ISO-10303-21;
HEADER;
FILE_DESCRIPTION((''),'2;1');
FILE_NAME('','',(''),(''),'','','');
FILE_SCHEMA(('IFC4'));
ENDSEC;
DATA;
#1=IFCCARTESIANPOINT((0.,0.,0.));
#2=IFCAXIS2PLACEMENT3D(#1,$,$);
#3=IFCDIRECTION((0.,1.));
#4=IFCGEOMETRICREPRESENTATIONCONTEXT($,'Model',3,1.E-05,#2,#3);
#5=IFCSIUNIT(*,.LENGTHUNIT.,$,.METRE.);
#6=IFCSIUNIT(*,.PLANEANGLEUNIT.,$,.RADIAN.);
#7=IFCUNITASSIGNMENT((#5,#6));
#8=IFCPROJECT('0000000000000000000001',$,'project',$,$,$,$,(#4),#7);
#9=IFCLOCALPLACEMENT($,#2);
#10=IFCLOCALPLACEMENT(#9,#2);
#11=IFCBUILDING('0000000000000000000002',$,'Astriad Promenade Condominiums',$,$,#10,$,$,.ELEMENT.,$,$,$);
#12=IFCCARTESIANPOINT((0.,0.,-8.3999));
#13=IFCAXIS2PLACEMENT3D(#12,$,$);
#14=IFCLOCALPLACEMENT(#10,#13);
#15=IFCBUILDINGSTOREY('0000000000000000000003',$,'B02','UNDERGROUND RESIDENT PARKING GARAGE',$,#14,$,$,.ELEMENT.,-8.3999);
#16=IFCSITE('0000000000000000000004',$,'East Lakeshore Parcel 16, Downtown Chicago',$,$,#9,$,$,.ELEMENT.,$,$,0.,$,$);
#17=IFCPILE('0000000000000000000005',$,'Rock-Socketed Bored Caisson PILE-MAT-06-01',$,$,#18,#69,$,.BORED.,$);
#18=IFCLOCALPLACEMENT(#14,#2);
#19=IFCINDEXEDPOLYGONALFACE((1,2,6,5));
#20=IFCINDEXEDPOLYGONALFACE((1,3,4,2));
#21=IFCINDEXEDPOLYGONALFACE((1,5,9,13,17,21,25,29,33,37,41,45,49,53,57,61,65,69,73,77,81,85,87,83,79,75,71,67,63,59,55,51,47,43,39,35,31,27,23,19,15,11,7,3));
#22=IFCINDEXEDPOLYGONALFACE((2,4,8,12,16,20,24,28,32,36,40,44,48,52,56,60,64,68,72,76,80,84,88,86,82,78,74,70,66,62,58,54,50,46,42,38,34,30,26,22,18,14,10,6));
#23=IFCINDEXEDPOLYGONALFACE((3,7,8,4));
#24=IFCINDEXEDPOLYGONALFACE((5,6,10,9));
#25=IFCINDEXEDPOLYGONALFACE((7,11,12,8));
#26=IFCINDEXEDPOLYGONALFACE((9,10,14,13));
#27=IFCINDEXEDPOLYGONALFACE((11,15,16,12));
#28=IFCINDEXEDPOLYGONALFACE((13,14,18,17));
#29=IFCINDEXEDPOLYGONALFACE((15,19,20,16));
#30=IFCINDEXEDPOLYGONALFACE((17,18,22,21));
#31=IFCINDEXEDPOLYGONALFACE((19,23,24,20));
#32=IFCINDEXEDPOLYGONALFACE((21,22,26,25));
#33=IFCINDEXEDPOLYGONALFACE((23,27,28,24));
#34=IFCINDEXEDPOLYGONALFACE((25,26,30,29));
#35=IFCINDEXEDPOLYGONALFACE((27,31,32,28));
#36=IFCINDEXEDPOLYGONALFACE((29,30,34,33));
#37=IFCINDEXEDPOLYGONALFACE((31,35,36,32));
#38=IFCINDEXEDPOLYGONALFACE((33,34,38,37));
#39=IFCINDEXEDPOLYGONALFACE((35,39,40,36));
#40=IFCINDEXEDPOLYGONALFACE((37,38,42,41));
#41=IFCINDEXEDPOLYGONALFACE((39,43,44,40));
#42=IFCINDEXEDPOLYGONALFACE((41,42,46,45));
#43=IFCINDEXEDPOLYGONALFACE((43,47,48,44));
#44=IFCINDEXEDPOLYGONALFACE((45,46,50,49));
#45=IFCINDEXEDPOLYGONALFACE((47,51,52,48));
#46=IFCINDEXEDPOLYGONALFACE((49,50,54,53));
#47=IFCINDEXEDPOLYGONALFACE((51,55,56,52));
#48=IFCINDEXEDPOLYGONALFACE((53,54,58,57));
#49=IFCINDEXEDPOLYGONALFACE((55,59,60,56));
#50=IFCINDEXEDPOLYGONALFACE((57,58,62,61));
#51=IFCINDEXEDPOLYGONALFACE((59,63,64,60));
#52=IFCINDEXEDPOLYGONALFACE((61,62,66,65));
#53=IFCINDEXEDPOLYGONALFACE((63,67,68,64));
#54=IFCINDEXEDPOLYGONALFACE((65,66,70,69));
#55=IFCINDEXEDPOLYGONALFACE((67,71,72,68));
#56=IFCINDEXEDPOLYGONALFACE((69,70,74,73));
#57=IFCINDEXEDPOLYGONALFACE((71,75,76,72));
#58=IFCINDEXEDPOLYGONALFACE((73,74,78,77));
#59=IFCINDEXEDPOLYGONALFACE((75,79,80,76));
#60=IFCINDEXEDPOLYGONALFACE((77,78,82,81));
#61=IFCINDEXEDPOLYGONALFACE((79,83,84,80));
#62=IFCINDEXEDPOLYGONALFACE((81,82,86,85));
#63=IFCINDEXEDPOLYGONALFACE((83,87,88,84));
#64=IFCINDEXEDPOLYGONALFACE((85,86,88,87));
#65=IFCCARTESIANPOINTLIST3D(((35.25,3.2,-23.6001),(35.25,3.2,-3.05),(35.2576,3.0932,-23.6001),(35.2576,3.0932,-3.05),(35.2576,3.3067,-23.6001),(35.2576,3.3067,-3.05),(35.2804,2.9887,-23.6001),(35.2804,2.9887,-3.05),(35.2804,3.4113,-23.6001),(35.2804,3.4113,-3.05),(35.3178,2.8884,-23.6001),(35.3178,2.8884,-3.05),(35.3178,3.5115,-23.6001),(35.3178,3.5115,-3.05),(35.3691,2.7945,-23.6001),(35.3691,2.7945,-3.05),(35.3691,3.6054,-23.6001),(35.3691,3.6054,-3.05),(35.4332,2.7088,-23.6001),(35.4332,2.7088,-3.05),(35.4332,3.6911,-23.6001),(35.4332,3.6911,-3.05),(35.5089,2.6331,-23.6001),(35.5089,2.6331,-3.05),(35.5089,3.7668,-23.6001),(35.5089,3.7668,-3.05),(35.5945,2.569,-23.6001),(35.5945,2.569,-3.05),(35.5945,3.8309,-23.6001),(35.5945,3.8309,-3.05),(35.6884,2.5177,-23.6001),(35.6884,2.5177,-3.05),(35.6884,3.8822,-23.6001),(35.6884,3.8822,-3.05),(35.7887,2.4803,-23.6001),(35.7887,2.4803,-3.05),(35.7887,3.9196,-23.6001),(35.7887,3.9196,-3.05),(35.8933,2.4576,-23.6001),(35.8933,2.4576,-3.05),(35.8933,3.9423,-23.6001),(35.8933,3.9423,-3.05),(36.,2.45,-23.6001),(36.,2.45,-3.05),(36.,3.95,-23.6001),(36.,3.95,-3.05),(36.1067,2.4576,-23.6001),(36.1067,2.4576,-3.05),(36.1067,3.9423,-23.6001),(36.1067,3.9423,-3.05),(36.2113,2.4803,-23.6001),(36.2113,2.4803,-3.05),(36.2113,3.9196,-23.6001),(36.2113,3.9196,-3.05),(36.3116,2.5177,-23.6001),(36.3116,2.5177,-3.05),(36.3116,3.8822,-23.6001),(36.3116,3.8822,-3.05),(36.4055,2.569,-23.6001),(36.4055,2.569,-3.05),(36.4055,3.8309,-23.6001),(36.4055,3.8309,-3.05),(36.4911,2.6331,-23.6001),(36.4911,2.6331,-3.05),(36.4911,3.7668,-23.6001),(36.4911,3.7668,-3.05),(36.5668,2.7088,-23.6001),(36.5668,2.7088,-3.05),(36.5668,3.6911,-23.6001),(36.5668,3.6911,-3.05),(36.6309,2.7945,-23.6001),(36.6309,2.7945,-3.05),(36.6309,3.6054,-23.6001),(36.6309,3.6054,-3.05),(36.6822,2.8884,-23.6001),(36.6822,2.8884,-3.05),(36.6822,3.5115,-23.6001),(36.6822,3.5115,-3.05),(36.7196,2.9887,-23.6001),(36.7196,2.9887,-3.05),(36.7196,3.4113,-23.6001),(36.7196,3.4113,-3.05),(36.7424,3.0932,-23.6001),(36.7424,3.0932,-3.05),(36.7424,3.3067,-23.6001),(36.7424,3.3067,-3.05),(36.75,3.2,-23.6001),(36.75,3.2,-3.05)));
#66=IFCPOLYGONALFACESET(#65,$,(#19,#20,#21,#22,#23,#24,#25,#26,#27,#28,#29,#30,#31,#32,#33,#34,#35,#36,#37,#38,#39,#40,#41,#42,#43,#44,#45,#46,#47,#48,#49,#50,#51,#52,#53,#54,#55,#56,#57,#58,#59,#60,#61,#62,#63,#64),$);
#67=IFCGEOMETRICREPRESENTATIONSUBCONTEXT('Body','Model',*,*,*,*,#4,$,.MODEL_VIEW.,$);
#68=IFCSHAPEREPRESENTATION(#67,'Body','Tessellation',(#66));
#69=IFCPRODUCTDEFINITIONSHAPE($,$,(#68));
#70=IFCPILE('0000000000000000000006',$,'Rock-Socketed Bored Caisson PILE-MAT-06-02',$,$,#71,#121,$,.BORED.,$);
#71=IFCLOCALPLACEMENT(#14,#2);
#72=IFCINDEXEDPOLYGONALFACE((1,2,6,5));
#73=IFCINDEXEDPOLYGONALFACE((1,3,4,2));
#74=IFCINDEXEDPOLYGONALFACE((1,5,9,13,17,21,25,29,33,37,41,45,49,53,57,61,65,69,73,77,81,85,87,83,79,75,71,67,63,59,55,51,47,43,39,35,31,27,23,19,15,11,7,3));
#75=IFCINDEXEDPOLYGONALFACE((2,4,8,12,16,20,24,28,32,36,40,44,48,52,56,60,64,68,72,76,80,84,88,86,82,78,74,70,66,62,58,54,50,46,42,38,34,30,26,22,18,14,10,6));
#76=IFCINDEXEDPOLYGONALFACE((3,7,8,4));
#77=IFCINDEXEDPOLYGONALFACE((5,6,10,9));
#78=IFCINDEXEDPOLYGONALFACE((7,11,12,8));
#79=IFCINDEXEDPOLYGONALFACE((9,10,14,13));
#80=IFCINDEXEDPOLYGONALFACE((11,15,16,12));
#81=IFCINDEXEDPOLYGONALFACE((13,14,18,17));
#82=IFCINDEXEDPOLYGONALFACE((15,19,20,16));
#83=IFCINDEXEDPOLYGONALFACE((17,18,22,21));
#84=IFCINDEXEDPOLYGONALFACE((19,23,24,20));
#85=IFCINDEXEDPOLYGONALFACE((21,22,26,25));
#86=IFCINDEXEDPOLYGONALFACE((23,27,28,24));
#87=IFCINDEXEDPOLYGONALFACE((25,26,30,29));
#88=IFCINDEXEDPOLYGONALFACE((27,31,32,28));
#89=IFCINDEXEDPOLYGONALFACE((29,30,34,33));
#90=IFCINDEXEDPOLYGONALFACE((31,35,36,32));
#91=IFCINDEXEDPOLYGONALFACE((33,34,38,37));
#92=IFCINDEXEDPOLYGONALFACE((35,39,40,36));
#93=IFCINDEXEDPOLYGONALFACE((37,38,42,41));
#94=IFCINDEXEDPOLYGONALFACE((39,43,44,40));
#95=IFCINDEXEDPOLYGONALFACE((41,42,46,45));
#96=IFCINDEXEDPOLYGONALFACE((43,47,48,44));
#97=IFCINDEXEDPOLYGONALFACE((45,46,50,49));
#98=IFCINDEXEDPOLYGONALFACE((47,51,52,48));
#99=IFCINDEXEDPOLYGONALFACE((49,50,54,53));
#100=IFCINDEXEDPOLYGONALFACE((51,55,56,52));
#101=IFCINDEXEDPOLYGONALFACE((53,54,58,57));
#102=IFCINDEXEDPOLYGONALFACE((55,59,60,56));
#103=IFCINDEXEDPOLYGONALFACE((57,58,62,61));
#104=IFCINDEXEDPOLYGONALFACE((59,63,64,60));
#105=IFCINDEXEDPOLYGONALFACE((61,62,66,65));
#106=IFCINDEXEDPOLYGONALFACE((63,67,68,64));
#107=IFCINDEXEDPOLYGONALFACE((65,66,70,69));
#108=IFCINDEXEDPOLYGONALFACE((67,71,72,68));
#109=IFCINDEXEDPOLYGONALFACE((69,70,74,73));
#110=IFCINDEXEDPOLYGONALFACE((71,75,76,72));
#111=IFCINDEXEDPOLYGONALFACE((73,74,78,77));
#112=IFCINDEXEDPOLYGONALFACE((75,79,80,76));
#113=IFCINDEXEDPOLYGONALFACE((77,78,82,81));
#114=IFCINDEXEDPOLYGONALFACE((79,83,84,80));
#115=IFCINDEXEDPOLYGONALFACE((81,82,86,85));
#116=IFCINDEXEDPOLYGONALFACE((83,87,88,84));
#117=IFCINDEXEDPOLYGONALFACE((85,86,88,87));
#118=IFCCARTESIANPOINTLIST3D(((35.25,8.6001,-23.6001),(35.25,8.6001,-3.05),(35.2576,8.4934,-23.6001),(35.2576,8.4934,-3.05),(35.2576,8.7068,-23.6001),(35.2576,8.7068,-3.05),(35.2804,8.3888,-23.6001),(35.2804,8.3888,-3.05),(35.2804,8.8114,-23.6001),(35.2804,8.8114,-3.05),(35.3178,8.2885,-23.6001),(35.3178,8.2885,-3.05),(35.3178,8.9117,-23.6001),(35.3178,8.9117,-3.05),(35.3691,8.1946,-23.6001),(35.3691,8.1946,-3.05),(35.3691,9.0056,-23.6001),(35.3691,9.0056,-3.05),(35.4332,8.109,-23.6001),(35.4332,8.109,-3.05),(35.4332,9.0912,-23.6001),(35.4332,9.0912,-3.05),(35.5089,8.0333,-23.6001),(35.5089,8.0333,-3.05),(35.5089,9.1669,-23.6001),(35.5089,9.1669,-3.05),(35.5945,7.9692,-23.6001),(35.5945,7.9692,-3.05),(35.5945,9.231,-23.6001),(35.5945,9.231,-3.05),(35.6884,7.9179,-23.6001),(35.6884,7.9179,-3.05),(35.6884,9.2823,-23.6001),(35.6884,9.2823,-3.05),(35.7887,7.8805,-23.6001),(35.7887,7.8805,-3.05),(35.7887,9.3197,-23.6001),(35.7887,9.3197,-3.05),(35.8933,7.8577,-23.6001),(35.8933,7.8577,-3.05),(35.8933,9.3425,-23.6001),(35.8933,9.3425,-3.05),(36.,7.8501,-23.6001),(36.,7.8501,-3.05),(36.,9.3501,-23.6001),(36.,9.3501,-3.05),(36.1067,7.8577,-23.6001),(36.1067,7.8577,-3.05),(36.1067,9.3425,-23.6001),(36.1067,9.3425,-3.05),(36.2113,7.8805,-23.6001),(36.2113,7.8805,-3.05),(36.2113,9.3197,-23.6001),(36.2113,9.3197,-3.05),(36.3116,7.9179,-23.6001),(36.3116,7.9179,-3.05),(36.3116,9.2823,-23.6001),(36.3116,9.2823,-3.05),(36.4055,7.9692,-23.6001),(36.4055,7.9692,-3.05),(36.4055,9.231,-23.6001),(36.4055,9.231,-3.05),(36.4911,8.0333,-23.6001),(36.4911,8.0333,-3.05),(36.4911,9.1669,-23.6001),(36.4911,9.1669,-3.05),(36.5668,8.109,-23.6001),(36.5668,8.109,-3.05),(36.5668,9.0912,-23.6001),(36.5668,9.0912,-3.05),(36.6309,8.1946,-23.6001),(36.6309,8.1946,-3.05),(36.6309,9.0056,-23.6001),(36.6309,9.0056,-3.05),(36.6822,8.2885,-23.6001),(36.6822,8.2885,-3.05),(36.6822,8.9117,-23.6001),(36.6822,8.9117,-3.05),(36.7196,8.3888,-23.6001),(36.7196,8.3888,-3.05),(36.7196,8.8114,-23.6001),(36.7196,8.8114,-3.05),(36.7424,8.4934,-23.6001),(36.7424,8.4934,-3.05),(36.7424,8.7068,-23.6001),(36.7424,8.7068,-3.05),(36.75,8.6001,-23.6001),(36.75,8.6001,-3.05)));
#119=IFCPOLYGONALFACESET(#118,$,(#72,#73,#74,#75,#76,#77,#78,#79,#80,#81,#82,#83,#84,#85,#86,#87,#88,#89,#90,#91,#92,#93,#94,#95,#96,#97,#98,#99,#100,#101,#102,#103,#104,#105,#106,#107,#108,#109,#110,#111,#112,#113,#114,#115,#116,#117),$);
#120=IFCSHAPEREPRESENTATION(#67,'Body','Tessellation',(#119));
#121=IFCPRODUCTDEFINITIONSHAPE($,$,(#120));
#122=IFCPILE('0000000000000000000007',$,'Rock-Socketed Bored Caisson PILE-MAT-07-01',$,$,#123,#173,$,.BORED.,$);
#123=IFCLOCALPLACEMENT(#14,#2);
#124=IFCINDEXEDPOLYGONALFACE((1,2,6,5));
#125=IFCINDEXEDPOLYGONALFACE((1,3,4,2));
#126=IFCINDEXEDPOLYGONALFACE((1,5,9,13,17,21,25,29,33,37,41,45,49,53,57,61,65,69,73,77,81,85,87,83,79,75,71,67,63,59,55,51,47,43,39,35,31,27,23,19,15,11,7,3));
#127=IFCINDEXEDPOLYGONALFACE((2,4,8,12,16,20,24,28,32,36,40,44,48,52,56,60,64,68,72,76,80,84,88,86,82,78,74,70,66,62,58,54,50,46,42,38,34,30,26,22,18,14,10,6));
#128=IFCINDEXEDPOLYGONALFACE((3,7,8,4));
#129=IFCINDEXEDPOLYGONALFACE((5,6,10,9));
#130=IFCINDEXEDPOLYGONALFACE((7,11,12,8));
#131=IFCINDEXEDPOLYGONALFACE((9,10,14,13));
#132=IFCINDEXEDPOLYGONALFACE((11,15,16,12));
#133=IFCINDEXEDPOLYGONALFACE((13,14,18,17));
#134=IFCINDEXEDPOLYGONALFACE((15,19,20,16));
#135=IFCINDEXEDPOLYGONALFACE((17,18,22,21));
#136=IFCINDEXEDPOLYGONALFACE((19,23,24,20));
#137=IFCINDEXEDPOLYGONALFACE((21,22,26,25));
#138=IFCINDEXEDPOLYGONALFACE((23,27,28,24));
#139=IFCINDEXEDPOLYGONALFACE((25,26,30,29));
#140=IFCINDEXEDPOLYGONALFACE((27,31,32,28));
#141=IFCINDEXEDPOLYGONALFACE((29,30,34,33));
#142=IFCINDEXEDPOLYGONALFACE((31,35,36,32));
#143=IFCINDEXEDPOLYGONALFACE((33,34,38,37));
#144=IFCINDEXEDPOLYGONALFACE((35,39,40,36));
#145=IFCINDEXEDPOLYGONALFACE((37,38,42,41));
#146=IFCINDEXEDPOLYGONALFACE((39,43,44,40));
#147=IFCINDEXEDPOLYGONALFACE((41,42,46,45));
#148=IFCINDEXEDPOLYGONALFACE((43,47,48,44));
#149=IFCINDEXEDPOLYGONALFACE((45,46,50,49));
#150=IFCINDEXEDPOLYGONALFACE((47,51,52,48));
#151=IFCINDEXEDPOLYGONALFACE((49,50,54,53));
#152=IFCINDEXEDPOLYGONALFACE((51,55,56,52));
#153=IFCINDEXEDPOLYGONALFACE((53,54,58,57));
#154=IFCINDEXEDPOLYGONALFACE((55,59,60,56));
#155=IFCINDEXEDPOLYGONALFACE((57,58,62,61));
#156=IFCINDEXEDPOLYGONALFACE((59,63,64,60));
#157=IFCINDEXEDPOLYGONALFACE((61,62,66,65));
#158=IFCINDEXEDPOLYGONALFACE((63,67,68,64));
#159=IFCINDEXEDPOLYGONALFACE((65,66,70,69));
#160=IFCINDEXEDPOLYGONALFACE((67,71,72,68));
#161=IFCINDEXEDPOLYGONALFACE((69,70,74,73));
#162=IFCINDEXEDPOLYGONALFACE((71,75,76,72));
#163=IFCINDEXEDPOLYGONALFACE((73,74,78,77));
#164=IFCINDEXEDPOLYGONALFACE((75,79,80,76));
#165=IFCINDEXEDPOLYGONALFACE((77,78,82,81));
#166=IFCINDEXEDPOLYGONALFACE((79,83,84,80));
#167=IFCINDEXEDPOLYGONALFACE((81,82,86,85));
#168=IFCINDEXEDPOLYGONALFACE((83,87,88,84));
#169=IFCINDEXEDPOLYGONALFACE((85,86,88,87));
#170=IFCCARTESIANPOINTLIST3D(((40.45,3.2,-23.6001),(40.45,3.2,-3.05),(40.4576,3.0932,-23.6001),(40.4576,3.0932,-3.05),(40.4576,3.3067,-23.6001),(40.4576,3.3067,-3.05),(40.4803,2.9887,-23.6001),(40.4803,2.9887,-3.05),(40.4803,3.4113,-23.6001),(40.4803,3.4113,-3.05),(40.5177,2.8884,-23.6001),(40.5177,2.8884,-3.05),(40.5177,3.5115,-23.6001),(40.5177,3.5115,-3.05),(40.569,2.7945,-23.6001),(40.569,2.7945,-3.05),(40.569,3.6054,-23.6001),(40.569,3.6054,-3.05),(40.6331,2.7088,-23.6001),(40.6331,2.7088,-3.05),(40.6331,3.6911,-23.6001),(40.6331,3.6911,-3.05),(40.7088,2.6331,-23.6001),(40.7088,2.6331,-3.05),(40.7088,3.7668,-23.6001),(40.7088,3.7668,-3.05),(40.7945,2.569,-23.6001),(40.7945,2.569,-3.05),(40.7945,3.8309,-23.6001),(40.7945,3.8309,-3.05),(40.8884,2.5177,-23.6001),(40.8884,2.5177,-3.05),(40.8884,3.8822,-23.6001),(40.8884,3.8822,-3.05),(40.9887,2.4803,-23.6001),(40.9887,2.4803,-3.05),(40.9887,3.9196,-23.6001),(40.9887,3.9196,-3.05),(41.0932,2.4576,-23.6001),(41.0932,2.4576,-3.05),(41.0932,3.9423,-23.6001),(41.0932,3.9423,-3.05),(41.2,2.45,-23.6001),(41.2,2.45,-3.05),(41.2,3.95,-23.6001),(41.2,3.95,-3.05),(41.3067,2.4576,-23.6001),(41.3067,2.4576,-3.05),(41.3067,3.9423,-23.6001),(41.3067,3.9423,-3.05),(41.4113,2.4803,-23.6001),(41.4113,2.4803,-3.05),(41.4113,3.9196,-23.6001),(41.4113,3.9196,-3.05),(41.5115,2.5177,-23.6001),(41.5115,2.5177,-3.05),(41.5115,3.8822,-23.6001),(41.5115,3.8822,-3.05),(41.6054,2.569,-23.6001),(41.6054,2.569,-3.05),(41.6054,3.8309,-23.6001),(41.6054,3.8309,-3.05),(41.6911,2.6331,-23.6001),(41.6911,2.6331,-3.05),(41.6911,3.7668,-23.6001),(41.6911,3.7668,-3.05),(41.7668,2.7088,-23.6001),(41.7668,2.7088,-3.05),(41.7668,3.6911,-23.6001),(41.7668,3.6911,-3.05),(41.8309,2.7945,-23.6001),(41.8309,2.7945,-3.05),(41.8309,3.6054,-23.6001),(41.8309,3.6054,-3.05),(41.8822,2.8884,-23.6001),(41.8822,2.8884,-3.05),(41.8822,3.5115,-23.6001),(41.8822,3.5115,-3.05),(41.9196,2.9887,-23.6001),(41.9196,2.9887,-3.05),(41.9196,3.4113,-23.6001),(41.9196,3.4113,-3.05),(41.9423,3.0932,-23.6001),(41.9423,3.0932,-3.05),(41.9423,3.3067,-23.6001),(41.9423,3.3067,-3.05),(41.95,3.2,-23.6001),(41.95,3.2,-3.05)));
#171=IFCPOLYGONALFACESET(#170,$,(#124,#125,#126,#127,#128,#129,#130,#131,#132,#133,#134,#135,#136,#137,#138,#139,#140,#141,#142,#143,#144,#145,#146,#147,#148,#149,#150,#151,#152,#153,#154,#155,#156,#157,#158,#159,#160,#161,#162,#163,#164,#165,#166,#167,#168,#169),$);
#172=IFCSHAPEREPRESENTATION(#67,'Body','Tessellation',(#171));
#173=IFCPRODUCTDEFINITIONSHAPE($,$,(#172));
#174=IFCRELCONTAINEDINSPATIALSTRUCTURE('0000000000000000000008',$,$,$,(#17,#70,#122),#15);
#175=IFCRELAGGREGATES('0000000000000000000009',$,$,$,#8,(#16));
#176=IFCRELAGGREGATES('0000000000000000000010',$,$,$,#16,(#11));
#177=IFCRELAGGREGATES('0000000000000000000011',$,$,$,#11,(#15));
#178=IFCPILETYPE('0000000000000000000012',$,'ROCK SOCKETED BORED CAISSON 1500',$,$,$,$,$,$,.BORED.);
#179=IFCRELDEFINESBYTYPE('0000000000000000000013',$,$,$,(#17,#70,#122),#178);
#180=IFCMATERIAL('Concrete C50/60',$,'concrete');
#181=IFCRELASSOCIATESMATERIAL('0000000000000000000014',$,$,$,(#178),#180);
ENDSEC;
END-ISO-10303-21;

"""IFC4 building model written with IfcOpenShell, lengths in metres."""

from ifc_helpers import new_model, si_unit, direction, frame, origin, origin_2d, place, context, subcontext, project, spatial, circle, extrude, source, transform, mapped, material, material_profile, profile_set, type_object, type_shapes, element, save


model = new_model("IFC4")

# Units and contexts
model_context = context("Model", 3, precision=1e-05, world=origin(), true_north=direction((0.0, 1.0)))
body_context = subcontext(model_context, "Body", "Model", "MODEL_VIEW")
ifc_project = project(units=[si_unit("LENGTHUNIT", "METRE"), si_unit("PLANEANGLEUNIT", "RADIAN")], contexts=[model_context])

# Site, building, storey
site_placement = place(None, origin())
site = spatial("IfcSite", under=ifc_project, at=site_placement, Name="East Lakeshore Parcel 16, Downtown Chicago", CompositionType="ELEMENT", RefElevation=0.0)
building_placement = place(site_placement, origin())
building = spatial("IfcBuilding", under=site, at=building_placement, Name="Astriad Promenade Condominiums", CompositionType="ELEMENT")
storey_placement = place(building_placement, frame((0.0, 0.0, -8.3999)))
storey = spatial("IfcBuildingStorey", under=building, at=storey_placement, Name="B02", Description="UNDERGROUND RESIDENT PARKING GARAGE", CompositionType="ELEMENT", Elevation=-8.3999)

# Piles
ifc_material_1 = material(Name="Concrete C50/60", Category="concrete")
ifc_material_profile_1 = material_profile(ifc_material_1, circle(Radius=0.75, at=origin_2d()), Name="CAISSON-D1500")
ifc_profile_set_1 = profile_set([ifc_material_profile_1], Name="Concrete C50/60")
pile_type_1 = type_object("IfcPileType", Name="ROCK SOCKETED BORED CAISSON 1500", PredefinedType="BORED", material=ifc_profile_set_1)
shared_shape_1 = source(origin(), body_context, "Body", "SweptSolid", [
    extrude(circle(Radius=0.75, at=origin_2d()), origin(), (0.0, 0.0, 1.0), 20.55),
])
type_shapes(pile_type_1, [shared_shape_1])
for number, where, z_axis, x_axis, name in (
    (1, (36.0, 3.2, -3.05), (0.0, 0.0, -1.0), (1.0, 0.0, 0.0), "Rock-Socketed Bored Caisson PILE-MAT-06-01"),
    (2, (36.0, 8.6001, -3.05), (0.0, 0.0, -1.0), (1.0, 0.0, 0.0), "Rock-Socketed Bored Caisson PILE-MAT-06-02"),
    (3, (41.2, 3.2, -3.05), (0.0, 0.0, -1.0), (1.0, 0.0, 0.0), "Rock-Socketed Bored Caisson PILE-MAT-07-01"),
):
    element("IfcPile", number, at=place(storey_placement, frame(where, z_axis=z_axis, x_axis=x_axis)), inside=storey, type_object=pile_type_1, Name=name, PredefinedType="BORED", context=body_context, shape_type="MappedRepresentation", body=[
        mapped(shared_shape_1, transform((0.0, 0.0, 0.0), scale=1.0)),
    ])

save(model, "model.ifc")
